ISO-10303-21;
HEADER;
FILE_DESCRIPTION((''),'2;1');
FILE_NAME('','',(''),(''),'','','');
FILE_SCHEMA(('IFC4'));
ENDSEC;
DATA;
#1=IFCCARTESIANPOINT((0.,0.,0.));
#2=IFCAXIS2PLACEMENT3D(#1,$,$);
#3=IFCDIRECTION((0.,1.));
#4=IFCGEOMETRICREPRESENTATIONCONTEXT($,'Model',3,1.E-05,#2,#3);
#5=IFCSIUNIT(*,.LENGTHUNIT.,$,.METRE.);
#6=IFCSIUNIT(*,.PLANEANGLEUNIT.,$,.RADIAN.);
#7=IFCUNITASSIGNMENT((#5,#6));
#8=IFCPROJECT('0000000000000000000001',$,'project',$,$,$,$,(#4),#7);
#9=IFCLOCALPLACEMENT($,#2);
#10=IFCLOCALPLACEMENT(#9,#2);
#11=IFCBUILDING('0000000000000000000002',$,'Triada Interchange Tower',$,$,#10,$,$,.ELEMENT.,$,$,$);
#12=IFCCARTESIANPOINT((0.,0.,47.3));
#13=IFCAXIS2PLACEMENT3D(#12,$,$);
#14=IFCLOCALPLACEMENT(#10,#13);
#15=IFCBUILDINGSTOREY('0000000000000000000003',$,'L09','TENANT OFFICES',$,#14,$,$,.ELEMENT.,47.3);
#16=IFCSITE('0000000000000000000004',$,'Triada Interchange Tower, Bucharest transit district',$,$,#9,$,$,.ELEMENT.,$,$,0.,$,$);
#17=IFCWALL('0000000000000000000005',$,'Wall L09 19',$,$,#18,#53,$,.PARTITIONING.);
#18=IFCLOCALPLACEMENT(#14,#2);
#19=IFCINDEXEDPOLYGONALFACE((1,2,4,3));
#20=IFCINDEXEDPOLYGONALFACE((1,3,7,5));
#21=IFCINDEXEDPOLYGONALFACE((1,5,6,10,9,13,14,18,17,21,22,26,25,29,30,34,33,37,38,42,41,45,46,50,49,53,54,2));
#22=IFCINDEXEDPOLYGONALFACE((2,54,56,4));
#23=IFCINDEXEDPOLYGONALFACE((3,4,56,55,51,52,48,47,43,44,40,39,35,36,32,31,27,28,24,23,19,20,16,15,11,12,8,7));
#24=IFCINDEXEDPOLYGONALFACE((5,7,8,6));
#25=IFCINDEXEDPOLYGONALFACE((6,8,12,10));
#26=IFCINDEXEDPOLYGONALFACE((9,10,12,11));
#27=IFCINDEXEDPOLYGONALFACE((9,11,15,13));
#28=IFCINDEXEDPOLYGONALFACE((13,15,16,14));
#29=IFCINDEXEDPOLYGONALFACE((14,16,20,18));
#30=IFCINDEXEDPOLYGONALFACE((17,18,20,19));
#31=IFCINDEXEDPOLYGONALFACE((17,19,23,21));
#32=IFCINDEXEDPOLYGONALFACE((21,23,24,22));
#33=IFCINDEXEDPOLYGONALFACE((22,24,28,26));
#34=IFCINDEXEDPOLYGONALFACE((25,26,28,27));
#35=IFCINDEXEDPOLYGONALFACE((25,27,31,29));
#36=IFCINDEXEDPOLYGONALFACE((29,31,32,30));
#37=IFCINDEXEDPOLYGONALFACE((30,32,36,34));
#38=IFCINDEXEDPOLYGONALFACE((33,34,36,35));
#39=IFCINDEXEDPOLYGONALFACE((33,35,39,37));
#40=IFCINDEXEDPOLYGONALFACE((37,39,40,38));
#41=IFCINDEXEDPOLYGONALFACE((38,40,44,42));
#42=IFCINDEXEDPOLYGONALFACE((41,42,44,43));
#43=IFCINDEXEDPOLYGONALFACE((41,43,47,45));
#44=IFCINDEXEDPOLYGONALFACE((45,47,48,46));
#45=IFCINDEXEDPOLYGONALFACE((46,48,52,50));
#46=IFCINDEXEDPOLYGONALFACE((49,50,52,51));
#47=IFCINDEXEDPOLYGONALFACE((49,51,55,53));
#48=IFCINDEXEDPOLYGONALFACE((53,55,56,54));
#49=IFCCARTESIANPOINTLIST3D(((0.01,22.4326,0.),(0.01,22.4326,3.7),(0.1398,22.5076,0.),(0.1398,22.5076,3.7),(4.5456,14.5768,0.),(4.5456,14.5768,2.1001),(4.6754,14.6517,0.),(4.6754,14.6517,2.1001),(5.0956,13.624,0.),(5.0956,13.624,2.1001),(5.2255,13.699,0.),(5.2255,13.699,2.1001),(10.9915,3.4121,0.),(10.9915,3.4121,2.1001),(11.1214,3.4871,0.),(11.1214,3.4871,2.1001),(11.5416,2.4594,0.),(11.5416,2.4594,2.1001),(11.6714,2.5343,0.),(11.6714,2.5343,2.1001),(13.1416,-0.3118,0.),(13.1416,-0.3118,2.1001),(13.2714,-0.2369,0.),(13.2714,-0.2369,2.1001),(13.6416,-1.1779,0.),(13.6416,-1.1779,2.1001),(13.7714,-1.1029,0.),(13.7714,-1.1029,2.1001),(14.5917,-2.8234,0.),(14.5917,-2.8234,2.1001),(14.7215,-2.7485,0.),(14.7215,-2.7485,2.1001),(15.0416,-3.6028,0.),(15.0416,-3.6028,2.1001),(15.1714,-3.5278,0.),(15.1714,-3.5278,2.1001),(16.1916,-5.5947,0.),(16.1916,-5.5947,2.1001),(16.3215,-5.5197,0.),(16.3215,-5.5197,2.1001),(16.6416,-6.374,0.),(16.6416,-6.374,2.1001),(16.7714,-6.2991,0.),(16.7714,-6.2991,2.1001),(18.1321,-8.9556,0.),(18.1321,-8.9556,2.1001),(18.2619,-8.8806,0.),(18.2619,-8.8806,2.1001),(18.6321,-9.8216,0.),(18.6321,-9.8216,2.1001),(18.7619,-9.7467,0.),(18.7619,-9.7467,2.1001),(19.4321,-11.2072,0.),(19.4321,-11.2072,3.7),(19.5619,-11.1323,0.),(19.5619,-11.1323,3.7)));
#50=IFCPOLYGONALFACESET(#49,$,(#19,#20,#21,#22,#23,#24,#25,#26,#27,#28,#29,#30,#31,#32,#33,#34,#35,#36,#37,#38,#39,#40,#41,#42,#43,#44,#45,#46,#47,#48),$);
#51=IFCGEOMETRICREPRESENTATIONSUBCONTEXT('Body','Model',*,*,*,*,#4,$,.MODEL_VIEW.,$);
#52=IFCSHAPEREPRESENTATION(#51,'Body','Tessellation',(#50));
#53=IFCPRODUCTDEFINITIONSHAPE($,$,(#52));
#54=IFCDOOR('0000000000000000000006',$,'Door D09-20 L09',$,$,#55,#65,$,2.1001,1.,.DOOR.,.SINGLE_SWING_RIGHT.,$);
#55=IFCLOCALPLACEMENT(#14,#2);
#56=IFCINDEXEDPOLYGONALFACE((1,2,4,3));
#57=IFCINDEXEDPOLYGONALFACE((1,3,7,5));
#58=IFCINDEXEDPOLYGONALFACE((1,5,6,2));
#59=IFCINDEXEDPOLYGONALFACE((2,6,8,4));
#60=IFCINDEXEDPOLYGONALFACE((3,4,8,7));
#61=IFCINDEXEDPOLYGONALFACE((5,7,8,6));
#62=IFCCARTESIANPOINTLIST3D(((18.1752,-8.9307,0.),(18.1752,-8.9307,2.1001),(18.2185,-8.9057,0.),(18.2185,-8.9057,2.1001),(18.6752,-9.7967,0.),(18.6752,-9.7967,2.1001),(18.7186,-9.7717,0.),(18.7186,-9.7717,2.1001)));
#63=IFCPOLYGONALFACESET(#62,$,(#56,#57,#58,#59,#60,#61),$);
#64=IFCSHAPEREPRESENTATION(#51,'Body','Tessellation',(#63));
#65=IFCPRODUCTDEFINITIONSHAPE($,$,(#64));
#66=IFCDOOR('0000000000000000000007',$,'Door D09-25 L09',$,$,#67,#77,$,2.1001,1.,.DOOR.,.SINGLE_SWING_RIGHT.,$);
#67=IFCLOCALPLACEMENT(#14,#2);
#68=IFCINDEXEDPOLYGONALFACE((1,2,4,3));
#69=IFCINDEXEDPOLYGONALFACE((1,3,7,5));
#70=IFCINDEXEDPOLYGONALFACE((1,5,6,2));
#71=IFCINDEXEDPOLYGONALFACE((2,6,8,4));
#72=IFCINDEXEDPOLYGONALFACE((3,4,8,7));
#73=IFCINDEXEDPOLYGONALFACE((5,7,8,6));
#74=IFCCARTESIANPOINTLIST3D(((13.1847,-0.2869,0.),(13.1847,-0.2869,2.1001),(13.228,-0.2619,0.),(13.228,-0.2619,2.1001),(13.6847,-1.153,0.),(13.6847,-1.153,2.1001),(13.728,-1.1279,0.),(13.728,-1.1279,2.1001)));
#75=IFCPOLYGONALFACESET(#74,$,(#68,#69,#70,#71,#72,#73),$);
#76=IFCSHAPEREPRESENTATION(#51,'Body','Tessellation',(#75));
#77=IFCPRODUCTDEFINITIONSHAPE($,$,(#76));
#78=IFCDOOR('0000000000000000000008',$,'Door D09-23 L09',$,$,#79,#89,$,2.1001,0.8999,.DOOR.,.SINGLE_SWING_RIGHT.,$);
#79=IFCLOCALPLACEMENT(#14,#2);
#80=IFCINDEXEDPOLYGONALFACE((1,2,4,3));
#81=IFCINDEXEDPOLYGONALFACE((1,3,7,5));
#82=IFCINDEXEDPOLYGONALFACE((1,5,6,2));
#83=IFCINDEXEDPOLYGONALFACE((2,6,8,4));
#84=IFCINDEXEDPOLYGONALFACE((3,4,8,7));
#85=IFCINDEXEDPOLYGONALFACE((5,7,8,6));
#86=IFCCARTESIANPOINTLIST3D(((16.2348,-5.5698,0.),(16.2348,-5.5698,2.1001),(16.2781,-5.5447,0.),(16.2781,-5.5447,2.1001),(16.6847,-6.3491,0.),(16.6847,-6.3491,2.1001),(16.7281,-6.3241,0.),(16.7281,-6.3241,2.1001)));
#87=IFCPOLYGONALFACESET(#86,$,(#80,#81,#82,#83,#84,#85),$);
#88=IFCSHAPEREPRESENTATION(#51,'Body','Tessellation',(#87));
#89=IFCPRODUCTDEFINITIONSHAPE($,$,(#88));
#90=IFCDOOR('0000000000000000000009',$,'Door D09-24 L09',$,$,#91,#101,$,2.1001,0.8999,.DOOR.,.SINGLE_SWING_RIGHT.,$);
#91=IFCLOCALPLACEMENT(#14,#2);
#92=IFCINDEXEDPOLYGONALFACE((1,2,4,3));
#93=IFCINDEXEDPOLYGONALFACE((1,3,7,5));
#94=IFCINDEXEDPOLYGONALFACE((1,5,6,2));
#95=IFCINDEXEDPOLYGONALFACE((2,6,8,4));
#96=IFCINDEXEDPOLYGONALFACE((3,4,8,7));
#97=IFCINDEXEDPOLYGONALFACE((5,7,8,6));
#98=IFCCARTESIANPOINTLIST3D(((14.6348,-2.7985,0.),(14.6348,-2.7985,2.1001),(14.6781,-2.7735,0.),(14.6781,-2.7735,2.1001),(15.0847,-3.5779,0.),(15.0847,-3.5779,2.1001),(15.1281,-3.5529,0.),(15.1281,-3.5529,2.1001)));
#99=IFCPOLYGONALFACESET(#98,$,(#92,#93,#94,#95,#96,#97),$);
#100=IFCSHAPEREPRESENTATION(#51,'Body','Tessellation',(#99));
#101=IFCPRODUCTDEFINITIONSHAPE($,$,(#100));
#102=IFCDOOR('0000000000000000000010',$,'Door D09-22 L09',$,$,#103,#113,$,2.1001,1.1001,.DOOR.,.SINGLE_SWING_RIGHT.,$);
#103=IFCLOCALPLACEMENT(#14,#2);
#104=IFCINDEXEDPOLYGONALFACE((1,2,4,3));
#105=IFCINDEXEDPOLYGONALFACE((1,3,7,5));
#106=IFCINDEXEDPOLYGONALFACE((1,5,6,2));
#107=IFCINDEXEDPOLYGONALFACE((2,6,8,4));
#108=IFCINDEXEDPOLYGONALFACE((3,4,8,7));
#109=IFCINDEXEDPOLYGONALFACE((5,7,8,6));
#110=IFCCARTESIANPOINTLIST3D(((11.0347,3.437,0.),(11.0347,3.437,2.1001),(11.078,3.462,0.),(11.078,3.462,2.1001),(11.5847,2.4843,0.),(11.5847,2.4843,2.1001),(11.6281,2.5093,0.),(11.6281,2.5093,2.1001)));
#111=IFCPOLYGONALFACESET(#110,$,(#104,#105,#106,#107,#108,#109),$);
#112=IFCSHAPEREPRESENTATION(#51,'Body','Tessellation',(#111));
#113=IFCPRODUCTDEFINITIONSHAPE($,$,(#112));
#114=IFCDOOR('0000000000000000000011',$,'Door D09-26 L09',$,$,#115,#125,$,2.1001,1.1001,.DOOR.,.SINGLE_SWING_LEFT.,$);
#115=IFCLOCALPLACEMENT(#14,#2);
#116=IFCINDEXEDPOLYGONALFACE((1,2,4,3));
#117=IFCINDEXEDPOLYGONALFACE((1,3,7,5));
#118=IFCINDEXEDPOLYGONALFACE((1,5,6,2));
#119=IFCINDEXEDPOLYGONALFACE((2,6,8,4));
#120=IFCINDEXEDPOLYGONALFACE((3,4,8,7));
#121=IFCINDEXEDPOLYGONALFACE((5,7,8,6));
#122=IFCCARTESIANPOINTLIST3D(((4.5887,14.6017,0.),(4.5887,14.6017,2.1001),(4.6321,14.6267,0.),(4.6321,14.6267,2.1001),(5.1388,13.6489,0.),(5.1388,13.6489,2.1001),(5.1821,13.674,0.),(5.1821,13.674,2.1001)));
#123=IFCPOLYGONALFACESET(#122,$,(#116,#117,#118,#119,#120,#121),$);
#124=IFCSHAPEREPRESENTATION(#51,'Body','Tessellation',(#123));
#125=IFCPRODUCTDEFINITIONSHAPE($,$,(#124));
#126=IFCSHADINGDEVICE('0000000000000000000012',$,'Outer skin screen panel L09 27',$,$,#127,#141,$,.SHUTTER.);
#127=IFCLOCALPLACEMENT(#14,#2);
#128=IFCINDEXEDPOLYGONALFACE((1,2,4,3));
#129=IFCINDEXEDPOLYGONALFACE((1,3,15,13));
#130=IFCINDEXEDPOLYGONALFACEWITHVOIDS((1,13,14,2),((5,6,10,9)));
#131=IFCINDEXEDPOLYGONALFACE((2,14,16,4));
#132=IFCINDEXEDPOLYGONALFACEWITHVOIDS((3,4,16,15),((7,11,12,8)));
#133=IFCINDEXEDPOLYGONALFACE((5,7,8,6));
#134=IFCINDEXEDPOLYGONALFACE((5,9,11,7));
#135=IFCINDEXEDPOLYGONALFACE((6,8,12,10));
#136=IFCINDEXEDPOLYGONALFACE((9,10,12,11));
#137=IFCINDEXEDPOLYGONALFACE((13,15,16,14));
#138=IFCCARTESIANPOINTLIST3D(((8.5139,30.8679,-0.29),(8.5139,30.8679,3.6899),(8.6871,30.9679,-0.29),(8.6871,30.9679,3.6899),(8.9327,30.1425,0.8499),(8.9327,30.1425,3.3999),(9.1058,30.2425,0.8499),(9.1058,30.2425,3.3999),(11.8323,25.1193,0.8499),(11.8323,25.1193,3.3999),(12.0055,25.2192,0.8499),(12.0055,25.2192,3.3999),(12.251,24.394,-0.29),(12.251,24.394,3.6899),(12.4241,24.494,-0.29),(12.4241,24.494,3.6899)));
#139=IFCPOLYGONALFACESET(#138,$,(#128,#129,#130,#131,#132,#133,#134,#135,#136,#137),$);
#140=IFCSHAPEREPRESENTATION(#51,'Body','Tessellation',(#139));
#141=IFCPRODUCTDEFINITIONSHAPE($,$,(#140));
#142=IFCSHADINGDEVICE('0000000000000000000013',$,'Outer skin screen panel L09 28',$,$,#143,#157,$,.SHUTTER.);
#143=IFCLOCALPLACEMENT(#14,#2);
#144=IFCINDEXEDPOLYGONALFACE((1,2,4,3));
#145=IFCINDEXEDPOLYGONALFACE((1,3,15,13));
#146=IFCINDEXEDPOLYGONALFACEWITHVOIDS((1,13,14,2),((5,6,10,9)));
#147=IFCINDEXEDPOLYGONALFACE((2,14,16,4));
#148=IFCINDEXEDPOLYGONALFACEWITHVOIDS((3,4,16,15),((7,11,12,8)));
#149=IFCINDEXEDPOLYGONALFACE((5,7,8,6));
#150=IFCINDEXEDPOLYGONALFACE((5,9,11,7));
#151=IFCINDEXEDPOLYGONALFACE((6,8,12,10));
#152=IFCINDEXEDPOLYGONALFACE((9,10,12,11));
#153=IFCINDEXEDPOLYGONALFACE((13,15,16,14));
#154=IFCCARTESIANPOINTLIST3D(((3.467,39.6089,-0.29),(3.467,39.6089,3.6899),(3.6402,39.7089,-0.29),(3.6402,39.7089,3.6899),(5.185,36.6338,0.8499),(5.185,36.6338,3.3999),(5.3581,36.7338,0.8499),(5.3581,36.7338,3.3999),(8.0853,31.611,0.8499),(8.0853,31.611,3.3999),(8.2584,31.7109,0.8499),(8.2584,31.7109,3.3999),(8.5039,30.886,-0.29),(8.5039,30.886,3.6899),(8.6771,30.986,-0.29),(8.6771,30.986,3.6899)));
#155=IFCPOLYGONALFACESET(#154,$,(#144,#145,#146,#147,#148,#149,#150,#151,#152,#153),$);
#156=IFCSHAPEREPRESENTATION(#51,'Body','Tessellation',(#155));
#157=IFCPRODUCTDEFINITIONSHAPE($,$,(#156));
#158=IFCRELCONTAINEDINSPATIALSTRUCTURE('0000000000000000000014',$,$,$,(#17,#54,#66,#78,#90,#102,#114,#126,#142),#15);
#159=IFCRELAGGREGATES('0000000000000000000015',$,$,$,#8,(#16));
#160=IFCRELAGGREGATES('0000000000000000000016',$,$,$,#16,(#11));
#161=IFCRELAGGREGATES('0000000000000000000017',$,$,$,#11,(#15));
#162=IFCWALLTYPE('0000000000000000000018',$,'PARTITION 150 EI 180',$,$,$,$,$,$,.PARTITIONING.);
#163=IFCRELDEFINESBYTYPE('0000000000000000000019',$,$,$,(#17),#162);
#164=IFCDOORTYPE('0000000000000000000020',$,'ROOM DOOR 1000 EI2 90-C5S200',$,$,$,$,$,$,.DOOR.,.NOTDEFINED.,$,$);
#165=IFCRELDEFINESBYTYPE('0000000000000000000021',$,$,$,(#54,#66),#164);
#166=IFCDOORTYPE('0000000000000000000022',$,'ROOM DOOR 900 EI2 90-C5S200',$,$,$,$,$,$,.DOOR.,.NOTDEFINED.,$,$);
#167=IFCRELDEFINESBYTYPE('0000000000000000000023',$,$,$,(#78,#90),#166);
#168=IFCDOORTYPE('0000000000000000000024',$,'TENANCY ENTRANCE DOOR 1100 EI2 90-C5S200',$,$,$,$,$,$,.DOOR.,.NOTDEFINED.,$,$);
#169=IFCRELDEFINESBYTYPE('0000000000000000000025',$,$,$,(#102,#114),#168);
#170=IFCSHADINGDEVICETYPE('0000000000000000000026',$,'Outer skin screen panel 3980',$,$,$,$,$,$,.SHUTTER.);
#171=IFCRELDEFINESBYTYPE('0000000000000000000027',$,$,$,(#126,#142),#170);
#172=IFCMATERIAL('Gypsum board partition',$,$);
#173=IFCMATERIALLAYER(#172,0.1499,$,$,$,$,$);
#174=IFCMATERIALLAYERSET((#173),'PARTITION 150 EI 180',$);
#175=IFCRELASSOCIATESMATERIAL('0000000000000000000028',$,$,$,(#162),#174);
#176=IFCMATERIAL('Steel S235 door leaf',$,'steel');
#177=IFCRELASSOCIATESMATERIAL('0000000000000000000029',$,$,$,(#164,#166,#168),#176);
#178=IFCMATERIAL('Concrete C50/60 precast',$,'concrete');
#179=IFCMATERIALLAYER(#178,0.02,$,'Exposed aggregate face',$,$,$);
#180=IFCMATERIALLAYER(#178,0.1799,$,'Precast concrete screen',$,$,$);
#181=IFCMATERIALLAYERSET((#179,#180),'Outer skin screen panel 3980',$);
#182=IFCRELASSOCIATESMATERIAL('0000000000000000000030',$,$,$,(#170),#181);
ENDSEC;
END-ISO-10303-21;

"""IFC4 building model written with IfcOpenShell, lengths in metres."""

from ifc_helpers import new_model, si_unit, direction, frame, frame_2d, origin, place, context, subcontext, project, spatial, polyline, rectangle, outline, extrude, material, layer, layer_set, type_object, element, fill, save


model = new_model("IFC4")

# Units and contexts
model_context = context("Model", 3, precision=1e-05, world=origin(), true_north=direction((0.0, 1.0)))
body_context = subcontext(model_context, "Body", "Model", "MODEL_VIEW")
ifc_project = project(units=[si_unit("LENGTHUNIT", "METRE"), si_unit("PLANEANGLEUNIT", "RADIAN")], contexts=[model_context])

# Site, building, storey
site_placement = place(None, origin())
site = spatial("IfcSite", under=ifc_project, at=site_placement, Name="Triada Interchange Tower, Bucharest transit district", CompositionType="ELEMENT", RefElevation=0.0)
building_placement = place(site_placement, origin())
building = spatial("IfcBuilding", under=site, at=building_placement, Name="Triada Interchange Tower", CompositionType="ELEMENT")
storey_placement = place(building_placement, frame((0.0, 0.0, 47.3)))
storey = spatial("IfcBuildingStorey", under=building, at=storey_placement, Name="L09", Description="TENANT OFFICES", CompositionType="ELEMENT", Elevation=47.3)

# Shared definitions
ifc_material_1 = material(Name="Gypsum board partition")
ifc_layer_1 = layer(ifc_material_1, 0.1499)
ifc_layer_set_1 = layer_set([ifc_layer_1], Name="PARTITION 150 EI 180")
wall_type_1 = type_object("IfcWallType", Name="PARTITION 150 EI 180", PredefinedType="PARTITIONING", material=ifc_layer_set_1)

# Wall, openings, doors
wall_1_placement = place(storey_placement, frame((0.075, 22.47, 0.0), z_axis=(0.0, 0.0, 1.0), x_axis=(0.500002, -0.866024, 0.0)))
wall_1 = element("IfcWall", 1, at=wall_1_placement, inside=storey, type_object=wall_type_1, Name="Wall L09 19", PredefinedType="PARTITIONING", context=body_context, shape_type="SweptSolid", body=[
    extrude(rectangle(XDim=38.844, YDim=0.1499, at=frame_2d((19.4219, 0.0))), origin(), (0.0, 0.0, 1.0), 3.7),
])
opening_1_placement = place(wall_1_placement, frame((36.2439, 0.0, 0.0)))
opening_1 = element("IfcOpeningElement", 2, at=opening_1_placement, cuts=wall_1, PredefinedType="OPENING", context=body_context, shape_type="SweptSolid", body=[
    extrude(rectangle(XDim=1.0, YDim=2.1001, at=frame_2d((0.5, 1.05))), frame((0.0, 0.085, 0.0), z_axis=(0.0, -1.0, 0.0), x_axis=(1.0, 0.0, 0.0)), (0.0, 0.0, 1.0), 0.1699),
])
opening_2_placement = place(wall_1_placement, frame((21.9629, 0.0, 0.0)))
opening_2 = element("IfcOpeningElement", 3, at=opening_2_placement, cuts=wall_1, PredefinedType="OPENING", context=body_context, shape_type="SweptSolid", body=[
    extrude(rectangle(XDim=1.1001, YDim=2.1001, at=frame_2d((0.55, 1.05))), frame((0.0, 0.085, 0.0), z_axis=(0.0, -1.0, 0.0), x_axis=(1.0, 0.0, 0.0)), (0.0, 0.0, 1.0), 0.1699),
])
opening_3_placement = place(wall_1_placement, frame((32.363, 0.0, 0.0)))
opening_3 = element("IfcOpeningElement", 4, at=opening_3_placement, cuts=wall_1, PredefinedType="OPENING", context=body_context, shape_type="SweptSolid", body=[
    extrude(rectangle(XDim=0.8999, YDim=2.1001, at=frame_2d((0.45, 1.05))), frame((0.0, 0.085, 0.0), z_axis=(0.0, -1.0, 0.0), x_axis=(1.0, 0.0, 0.0)), (0.0, 0.0, 1.0), 0.1699),
])
opening_4_placement = place(wall_1_placement, frame((29.1631, 0.0, 0.0)))
opening_4 = element("IfcOpeningElement", 5, at=opening_4_placement, cuts=wall_1, PredefinedType="OPENING", context=body_context, shape_type="SweptSolid", body=[
    extrude(rectangle(XDim=0.8999, YDim=2.1001, at=frame_2d((0.45, 1.05))), frame((0.0, 0.085, 0.0), z_axis=(0.0, -1.0, 0.0), x_axis=(1.0, 0.0, 0.0)), (0.0, 0.0, 1.0), 0.1699),
])
opening_5_placement = place(wall_1_placement, frame((26.2629, 0.0, 0.0)))
opening_5 = element("IfcOpeningElement", 6, at=opening_5_placement, cuts=wall_1, PredefinedType="OPENING", context=body_context, shape_type="SweptSolid", body=[
    extrude(rectangle(XDim=1.0, YDim=2.1001, at=frame_2d((0.5, 1.05))), frame((0.0, 0.085, 0.0), z_axis=(0.0, -1.0, 0.0), x_axis=(1.0, 0.0, 0.0)), (0.0, 0.0, 1.0), 0.1699),
])
opening_6_placement = place(wall_1_placement, frame((9.071, 0.0, 0.0)))
opening_6 = element("IfcOpeningElement", 7, at=opening_6_placement, cuts=wall_1, PredefinedType="OPENING", context=body_context, shape_type="SweptSolid", body=[
    extrude(rectangle(XDim=1.1001, YDim=2.1001, at=frame_2d((0.55, 1.05))), frame((0.0, 0.085, 0.0), z_axis=(0.0, -1.0, 0.0), x_axis=(1.0, 0.0, 0.0)), (0.0, 0.0, 1.0), 0.1699),
])
ifc_material_2 = material(Name="Steel S235 door leaf", Category="steel")
door_type_1 = type_object("IfcDoorType", Name="ROOM DOOR 1000 EI2 90-C5S200", OperationType="NOTDEFINED", PredefinedType="DOOR", material=ifc_material_2)
door_1_placement = place(opening_1_placement, origin())
door_1 = element("IfcDoor", 8, at=door_1_placement, inside=storey, type_object=door_type_1, Name="Door D09-20 L09", OperationType="SINGLE_SWING_RIGHT", OverallHeight=2.1001, OverallWidth=1.0, PredefinedType="DOOR", context=body_context, shape_type="SweptSolid", body=[
    extrude(rectangle(XDim=1.0, YDim=2.1001, at=frame_2d((0.5, 1.05))), frame((0.0, 0.0249, 0.0), z_axis=(0.0, -1.0, 0.0), x_axis=(1.0, 0.0, 0.0)), (0.0, 0.0, 1.0), 0.05),
])
fill(opening_1, door_1)
door_2_placement = place(opening_5_placement, origin())
door_2 = element("IfcDoor", 9, at=door_2_placement, inside=storey, type_object=door_type_1, Name="Door D09-25 L09", OperationType="SINGLE_SWING_RIGHT", OverallHeight=2.1001, OverallWidth=1.0, PredefinedType="DOOR", context=body_context, shape_type="SweptSolid", body=[
    extrude(rectangle(XDim=1.0, YDim=2.1001, at=frame_2d((0.5, 1.05))), frame((0.0, 0.0249, 0.0), z_axis=(0.0, -1.0, 0.0), x_axis=(1.0, 0.0, 0.0)), (0.0, 0.0, 1.0), 0.05),
])
fill(opening_5, door_2)
door_type_2 = type_object("IfcDoorType", Name="ROOM DOOR 900 EI2 90-C5S200", OperationType="NOTDEFINED", PredefinedType="DOOR", material=ifc_material_2)
door_3_placement = place(opening_3_placement, origin())
door_3 = element("IfcDoor", 10, at=door_3_placement, inside=storey, type_object=door_type_2, Name="Door D09-23 L09", OperationType="SINGLE_SWING_RIGHT", OverallHeight=2.1001, OverallWidth=0.8999, PredefinedType="DOOR", context=body_context, shape_type="SweptSolid", body=[
    extrude(rectangle(XDim=0.8999, YDim=2.1001, at=frame_2d((0.45, 1.05))), frame((0.0, 0.0249, 0.0), z_axis=(0.0, -1.0, 0.0), x_axis=(1.0, 0.0, 0.0)), (0.0, 0.0, 1.0), 0.05),
])
fill(opening_3, door_3)
door_4_placement = place(opening_4_placement, origin())
door_4 = element("IfcDoor", 11, at=door_4_placement, inside=storey, type_object=door_type_2, Name="Door D09-24 L09", OperationType="SINGLE_SWING_RIGHT", OverallHeight=2.1001, OverallWidth=0.8999, PredefinedType="DOOR", context=body_context, shape_type="SweptSolid", body=[
    extrude(rectangle(XDim=0.8999, YDim=2.1001, at=frame_2d((0.45, 1.05))), frame((0.0, 0.0249, 0.0), z_axis=(0.0, -1.0, 0.0), x_axis=(1.0, 0.0, 0.0)), (0.0, 0.0, 1.0), 0.05),
])
fill(opening_4, door_4)
door_type_3 = type_object("IfcDoorType", Name="TENANCY ENTRANCE DOOR 1100 EI2 90-C5S200", OperationType="NOTDEFINED", PredefinedType="DOOR", material=ifc_material_2)
door_5_placement = place(opening_2_placement, origin())
door_5 = element("IfcDoor", 12, at=door_5_placement, inside=storey, type_object=door_type_3, Name="Door D09-22 L09", OperationType="SINGLE_SWING_RIGHT", OverallHeight=2.1001, OverallWidth=1.1001, PredefinedType="DOOR", context=body_context, shape_type="SweptSolid", body=[
    extrude(rectangle(XDim=1.1001, YDim=2.1001, at=frame_2d((0.55, 1.05))), frame((0.0, 0.0249, 0.0), z_axis=(0.0, -1.0, 0.0), x_axis=(1.0, 0.0, 0.0)), (0.0, 0.0, 1.0), 0.05),
])
fill(opening_2, door_5)
door_6_placement = place(opening_6_placement, origin())
door_6 = element("IfcDoor", 13, at=door_6_placement, inside=storey, type_object=door_type_3, Name="Door D09-26 L09", OperationType="SINGLE_SWING_LEFT", OverallHeight=2.1001, OverallWidth=1.1001, PredefinedType="DOOR", context=body_context, shape_type="SweptSolid", body=[
    extrude(rectangle(XDim=1.1001, YDim=2.1001, at=frame_2d((0.55, 1.05))), frame((0.0, 0.0249, 0.0), z_axis=(0.0, -1.0, 0.0), x_axis=(1.0, 0.0, 0.0)), (0.0, 0.0, 1.0), 0.05),
])
fill(opening_6, door_6)

# Shading devices
ifc_material_3 = material(Name="Concrete C50/60 precast", Category="concrete")
ifc_layer_2 = layer(ifc_material_3, 0.02, Name="Exposed aggregate face")
ifc_layer_3 = layer(ifc_material_3, 0.1799, Name="Precast concrete screen")
ifc_layer_set_2 = layer_set([ifc_layer_2, ifc_layer_3], Name="Outer skin screen panel 3980")
shading_device_type = type_object("IfcShadingDeviceType", Name="Outer skin screen panel 3980", PredefinedType="SHUTTER", material=ifc_layer_set_2)
shading_device_1_placement = place(storey_placement, frame((12.251, 24.394, -0.29), z_axis=(0.0, 0.0, 1.0), x_axis=(-0.499936, 0.866062, 0.0)))
element("IfcShadingDevice", 14, at=shading_device_1_placement, inside=storey, type_object=shading_device_type, Name="Outer skin screen panel L09 27", PredefinedType="SHUTTER", context=body_context, shape_type="SweptSolid", body=[
    extrude(outline(polyline([(0.0, 0.0), (7.4751, 0.0), (7.4751, 3.98), (0.0, 3.98), (0.0, 0.0)]), holes=[polyline([(0.8374, 1.1399), (0.8374, 3.6899), (6.6375, 3.6899), (6.6375, 1.1399), (0.8374, 1.1399)])]), frame((0.0, 0.0, 0.0), z_axis=(0.0, -1.0, 0.0), x_axis=(1.0, 0.0, 0.0)), (0.0, 0.0, 1.0), 0.2),
])
shading_device_2_placement = place(storey_placement, frame((8.5039, 30.886, -0.29), z_axis=(0.0, 0.0, 1.0), x_axis=(-0.500052, 0.865995, 0.0)))
element("IfcShadingDevice", 15, at=shading_device_2_placement, inside=storey, type_object=shading_device_type, Name="Outer skin screen panel L09 28", PredefinedType="SHUTTER", context=body_context, shape_type="SweptSolid", body=[
    extrude(outline(polyline([(0.0, 0.0), (10.0728, 0.0), (10.0728, 3.98), (0.0, 3.98), (0.0, 0.0)]), holes=[polyline([(0.8372, 1.1399), (0.8372, 3.6899), (6.6372, 3.6899), (6.6372, 1.1399), (0.8372, 1.1399)])]), frame((0.0, 0.0, 0.0), z_axis=(0.0, -1.0, 0.0), x_axis=(1.0, 0.0, 0.0)), (0.0, 0.0, 1.0), 0.2),
])

save(model, "model.ifc")
